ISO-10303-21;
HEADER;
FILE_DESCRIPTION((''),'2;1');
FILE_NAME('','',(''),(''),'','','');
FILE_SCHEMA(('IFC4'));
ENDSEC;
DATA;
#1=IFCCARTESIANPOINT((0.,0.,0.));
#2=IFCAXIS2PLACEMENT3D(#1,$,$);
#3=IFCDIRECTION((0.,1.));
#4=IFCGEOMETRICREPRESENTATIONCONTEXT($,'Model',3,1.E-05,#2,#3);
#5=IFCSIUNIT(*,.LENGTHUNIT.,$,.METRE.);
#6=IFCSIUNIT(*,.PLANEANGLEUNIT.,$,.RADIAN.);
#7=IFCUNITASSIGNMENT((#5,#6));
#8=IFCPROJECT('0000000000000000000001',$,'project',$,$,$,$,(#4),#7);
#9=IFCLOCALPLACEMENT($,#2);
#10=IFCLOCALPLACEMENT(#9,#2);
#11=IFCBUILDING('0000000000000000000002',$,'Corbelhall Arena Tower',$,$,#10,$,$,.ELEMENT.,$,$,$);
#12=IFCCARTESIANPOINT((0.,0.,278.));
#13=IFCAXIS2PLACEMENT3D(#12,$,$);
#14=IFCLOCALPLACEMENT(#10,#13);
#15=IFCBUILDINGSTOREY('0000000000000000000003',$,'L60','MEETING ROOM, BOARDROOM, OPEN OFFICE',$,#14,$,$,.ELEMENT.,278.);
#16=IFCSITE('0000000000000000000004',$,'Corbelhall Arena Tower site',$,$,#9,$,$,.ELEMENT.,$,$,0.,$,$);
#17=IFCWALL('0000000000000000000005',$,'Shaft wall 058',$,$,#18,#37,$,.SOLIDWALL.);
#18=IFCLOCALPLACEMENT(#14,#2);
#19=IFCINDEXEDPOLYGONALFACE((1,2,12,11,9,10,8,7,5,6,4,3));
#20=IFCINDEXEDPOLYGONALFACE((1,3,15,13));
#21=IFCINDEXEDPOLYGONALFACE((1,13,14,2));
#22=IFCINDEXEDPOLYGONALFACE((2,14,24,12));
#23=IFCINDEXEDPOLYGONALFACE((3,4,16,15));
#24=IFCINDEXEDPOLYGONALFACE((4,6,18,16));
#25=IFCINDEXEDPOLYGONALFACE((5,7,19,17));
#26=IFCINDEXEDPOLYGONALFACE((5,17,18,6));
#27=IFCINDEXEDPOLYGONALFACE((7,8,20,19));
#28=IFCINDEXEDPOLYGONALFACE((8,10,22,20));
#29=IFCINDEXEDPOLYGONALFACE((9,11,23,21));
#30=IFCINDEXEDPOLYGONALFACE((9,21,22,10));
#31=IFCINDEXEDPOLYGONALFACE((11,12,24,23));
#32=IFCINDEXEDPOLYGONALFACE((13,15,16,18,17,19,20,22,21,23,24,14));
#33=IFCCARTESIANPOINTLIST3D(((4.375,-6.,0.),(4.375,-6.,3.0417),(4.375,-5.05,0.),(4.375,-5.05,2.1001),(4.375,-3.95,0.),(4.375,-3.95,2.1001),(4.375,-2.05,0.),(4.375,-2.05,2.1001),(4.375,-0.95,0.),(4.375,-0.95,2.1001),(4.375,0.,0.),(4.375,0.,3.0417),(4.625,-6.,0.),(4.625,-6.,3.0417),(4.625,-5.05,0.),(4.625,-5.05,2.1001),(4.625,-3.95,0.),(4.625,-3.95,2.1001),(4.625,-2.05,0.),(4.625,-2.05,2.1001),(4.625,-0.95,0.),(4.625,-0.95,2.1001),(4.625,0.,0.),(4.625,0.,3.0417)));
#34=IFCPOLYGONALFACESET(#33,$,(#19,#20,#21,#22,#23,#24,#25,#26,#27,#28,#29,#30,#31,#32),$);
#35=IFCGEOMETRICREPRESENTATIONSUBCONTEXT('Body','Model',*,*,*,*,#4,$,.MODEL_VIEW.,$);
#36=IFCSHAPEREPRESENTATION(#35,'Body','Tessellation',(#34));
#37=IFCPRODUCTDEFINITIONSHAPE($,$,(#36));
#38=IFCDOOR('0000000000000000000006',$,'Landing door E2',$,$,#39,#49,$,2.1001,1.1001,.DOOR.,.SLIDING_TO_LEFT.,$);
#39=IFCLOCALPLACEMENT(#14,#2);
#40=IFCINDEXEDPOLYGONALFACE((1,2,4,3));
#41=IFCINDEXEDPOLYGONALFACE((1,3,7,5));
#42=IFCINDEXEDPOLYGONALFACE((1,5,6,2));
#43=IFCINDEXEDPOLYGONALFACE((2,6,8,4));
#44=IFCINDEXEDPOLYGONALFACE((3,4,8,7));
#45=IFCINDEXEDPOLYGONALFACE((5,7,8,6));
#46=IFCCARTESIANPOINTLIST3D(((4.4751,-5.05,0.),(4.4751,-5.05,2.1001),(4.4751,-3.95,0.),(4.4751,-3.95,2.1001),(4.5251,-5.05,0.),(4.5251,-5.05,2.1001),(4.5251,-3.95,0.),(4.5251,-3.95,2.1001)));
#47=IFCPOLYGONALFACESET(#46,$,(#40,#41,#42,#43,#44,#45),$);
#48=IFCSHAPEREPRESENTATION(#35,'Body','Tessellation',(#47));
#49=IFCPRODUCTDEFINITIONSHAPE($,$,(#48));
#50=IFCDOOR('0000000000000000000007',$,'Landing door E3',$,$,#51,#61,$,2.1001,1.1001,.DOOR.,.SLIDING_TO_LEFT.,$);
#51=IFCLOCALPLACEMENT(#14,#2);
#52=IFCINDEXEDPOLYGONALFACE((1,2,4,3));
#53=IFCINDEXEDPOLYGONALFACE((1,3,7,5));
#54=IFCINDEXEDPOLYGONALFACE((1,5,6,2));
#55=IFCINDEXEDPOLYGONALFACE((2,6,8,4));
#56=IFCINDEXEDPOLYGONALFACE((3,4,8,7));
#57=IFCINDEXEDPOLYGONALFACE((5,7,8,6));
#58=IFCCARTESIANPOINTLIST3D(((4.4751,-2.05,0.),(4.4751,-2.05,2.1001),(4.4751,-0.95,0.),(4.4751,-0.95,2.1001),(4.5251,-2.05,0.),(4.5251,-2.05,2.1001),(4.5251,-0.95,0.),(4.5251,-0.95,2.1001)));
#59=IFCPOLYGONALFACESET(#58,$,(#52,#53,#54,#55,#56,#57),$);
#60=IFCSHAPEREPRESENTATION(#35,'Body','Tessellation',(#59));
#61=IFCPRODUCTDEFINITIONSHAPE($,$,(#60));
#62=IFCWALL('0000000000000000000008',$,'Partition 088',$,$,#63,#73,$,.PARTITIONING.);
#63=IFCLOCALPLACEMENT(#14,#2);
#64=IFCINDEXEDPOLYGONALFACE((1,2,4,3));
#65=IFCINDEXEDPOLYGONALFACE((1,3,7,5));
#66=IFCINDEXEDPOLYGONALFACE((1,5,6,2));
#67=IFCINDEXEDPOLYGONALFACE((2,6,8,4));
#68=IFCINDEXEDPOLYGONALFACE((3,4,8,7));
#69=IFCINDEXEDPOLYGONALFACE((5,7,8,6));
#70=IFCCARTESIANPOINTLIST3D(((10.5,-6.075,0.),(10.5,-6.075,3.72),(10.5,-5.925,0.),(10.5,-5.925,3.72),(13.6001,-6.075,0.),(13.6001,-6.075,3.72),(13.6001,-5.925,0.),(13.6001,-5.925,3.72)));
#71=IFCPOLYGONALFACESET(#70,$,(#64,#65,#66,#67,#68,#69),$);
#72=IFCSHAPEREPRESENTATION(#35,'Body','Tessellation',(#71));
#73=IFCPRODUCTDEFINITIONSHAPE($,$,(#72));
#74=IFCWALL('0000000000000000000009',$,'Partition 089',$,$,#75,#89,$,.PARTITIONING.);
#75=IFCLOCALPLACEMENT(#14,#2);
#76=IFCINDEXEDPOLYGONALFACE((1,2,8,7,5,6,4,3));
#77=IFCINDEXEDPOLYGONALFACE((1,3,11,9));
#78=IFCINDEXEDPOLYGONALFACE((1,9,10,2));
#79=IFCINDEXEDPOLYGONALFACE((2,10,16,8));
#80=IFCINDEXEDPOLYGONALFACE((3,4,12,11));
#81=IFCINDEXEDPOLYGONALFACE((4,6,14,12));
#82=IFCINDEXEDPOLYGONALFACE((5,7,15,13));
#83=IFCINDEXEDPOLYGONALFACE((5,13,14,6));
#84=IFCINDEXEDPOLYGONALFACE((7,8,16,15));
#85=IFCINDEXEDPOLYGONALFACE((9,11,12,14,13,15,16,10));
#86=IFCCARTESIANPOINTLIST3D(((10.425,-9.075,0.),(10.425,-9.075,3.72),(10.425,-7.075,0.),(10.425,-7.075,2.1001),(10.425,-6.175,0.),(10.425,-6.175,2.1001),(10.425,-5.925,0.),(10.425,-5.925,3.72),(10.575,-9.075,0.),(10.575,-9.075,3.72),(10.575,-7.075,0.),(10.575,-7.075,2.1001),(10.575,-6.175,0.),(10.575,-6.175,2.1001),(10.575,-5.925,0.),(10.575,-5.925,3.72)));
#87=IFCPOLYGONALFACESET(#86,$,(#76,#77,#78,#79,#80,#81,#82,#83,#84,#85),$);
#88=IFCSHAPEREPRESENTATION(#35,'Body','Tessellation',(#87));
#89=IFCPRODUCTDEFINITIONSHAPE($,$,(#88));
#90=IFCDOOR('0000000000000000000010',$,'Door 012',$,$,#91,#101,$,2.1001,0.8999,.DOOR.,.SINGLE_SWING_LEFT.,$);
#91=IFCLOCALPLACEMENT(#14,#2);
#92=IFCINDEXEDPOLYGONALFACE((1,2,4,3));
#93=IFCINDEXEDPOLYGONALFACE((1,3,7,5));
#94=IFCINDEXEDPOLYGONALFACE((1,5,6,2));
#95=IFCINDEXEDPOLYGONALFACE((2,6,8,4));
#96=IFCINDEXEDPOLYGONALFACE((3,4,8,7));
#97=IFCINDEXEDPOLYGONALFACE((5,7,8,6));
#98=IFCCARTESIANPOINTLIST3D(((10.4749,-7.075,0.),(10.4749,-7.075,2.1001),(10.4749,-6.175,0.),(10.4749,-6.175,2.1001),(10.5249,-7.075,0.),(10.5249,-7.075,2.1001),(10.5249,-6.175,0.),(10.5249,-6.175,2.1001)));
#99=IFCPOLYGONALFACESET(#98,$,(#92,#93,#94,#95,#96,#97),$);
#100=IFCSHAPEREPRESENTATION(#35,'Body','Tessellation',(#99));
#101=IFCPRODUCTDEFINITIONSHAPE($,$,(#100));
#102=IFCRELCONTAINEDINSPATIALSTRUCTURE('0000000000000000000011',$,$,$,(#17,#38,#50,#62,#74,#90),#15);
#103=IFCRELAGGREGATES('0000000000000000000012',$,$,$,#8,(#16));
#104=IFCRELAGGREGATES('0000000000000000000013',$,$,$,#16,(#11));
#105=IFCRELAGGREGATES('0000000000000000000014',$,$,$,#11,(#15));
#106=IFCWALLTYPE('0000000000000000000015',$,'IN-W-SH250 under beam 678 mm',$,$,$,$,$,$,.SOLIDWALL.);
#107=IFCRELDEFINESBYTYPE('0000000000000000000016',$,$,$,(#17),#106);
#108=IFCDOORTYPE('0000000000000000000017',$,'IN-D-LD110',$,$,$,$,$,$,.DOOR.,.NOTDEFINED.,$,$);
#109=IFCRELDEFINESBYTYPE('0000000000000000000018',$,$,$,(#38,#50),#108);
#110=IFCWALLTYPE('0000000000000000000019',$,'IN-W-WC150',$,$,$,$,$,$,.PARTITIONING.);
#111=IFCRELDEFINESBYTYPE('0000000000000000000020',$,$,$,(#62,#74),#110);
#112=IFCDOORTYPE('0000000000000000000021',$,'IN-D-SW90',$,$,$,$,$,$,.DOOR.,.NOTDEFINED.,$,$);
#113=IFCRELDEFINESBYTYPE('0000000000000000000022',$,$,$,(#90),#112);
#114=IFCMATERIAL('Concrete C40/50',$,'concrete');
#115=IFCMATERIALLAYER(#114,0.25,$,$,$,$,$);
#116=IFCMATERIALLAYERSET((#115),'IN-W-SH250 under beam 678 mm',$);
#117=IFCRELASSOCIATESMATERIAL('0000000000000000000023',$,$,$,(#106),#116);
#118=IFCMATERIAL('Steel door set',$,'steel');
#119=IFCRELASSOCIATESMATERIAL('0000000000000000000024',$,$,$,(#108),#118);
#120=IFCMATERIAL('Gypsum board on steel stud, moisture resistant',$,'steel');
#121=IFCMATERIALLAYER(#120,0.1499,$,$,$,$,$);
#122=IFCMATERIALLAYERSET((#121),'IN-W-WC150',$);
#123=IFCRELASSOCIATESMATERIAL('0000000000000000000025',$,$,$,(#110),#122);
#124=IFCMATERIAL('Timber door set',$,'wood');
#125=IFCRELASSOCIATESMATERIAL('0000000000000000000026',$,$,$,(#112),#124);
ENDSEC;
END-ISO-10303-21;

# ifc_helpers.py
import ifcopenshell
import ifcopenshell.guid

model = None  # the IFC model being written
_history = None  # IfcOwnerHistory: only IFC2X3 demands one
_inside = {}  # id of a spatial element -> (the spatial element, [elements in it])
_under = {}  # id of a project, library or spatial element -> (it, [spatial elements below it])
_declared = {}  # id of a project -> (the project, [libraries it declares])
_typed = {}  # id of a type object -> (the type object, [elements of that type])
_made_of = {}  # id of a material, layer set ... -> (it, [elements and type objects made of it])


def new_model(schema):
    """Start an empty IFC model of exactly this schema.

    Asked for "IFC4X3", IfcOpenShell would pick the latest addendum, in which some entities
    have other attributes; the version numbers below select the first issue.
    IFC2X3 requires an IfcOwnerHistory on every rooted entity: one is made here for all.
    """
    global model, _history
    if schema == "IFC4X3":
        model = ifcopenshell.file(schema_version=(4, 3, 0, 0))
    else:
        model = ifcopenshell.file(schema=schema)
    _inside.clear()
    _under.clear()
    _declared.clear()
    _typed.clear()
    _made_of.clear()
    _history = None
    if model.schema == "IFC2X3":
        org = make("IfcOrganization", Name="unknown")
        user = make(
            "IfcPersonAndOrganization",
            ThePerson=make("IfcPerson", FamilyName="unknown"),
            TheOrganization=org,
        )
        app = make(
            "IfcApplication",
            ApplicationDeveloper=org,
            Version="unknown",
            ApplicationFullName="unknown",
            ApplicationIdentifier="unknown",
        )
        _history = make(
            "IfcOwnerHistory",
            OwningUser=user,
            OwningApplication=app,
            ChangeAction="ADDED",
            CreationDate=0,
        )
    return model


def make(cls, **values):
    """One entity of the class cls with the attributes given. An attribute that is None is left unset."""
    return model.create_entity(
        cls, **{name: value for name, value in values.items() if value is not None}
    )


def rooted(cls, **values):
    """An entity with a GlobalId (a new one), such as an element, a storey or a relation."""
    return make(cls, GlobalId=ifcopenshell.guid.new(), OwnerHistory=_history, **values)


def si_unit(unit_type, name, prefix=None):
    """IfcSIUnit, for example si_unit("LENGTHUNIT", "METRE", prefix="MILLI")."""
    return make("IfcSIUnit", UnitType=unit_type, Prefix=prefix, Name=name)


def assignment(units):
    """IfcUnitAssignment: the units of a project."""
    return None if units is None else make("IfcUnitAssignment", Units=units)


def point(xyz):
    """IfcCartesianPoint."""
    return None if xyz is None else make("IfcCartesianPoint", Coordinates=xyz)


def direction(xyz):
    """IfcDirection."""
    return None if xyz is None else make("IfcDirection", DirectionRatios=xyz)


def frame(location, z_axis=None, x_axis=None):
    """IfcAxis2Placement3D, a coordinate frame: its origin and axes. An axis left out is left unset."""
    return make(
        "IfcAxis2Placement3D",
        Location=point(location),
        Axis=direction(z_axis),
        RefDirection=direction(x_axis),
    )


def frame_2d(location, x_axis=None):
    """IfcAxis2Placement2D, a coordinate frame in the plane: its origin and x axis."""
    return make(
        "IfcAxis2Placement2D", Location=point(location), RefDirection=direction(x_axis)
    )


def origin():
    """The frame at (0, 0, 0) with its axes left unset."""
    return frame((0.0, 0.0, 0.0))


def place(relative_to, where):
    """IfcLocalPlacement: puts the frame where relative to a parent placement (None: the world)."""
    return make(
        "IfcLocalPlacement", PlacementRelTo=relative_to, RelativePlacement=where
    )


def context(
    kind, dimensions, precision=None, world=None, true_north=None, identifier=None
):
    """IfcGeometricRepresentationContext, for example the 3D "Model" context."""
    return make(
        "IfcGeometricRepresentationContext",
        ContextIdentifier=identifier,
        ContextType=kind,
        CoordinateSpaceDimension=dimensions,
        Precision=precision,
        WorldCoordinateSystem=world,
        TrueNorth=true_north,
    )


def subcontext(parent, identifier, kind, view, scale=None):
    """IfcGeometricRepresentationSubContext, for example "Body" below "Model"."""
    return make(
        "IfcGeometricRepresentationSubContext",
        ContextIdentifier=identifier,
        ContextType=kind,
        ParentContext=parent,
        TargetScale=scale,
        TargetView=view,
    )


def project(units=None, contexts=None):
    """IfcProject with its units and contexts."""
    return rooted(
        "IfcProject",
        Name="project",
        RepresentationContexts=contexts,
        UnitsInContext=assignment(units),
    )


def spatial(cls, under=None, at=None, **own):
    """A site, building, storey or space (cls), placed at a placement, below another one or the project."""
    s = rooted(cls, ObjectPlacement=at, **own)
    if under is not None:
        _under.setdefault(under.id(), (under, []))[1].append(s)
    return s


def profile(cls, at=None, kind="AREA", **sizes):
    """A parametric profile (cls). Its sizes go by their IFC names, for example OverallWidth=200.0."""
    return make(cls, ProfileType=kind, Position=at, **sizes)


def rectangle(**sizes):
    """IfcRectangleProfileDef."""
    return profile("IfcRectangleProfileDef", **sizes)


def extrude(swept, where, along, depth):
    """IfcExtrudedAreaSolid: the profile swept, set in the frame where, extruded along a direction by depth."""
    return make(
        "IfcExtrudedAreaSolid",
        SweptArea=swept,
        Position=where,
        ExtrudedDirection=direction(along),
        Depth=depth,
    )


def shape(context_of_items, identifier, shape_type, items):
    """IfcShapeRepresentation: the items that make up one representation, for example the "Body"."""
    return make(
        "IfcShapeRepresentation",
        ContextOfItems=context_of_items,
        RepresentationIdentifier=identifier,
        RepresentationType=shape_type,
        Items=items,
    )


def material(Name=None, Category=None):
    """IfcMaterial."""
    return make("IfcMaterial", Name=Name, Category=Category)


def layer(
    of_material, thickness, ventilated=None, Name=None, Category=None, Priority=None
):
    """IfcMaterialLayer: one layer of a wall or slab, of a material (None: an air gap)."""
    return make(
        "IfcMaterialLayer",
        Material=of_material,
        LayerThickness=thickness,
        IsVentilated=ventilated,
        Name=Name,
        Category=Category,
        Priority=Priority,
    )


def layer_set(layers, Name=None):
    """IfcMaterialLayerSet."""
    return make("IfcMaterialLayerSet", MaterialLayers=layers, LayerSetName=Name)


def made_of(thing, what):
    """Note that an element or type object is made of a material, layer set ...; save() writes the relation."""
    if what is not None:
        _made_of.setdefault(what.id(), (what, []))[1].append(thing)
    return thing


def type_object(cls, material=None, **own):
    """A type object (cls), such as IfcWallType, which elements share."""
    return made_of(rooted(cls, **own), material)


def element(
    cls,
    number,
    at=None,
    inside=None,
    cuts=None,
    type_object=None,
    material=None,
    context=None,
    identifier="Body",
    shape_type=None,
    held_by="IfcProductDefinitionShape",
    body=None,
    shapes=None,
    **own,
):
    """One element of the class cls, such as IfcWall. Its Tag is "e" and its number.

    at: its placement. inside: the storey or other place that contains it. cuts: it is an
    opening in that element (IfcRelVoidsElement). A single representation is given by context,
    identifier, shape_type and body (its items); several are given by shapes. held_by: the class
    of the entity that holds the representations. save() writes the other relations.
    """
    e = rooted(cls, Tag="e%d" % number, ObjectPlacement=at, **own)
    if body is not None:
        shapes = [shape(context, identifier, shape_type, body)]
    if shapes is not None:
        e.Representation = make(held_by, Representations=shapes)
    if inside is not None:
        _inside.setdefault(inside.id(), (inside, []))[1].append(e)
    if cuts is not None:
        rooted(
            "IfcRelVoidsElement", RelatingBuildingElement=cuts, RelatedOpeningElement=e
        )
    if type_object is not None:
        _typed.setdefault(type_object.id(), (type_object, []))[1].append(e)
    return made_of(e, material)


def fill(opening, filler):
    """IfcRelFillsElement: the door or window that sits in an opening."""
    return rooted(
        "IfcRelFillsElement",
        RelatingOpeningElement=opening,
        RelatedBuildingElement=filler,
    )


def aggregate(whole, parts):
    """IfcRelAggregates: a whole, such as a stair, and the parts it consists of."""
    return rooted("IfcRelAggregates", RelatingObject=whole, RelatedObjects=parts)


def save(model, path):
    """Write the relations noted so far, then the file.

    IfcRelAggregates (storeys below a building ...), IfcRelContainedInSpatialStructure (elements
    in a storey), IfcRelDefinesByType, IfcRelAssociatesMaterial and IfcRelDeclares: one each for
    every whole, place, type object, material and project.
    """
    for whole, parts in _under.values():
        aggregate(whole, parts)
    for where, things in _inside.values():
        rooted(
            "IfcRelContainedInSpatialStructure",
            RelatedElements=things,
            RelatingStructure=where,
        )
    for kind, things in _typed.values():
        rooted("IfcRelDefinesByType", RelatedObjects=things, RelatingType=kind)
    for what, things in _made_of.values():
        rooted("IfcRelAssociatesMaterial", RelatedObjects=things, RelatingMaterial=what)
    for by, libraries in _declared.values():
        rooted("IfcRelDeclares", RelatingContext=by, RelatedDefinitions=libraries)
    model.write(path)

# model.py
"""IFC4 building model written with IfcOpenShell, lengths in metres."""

from ifc_helpers import new_model, si_unit, direction, frame, frame_2d, origin, place, context, subcontext, project, spatial, rectangle, extrude, material, layer, layer_set, type_object, element, fill, save


model = new_model("IFC4")

# Units and contexts
model_context = context("Model", 3, precision=1e-05, world=origin(), true_north=direction((0.0, 1.0)))
body_context = subcontext(model_context, "Body", "Model", "MODEL_VIEW")
ifc_project = project(units=[si_unit("LENGTHUNIT", "METRE"), si_unit("PLANEANGLEUNIT", "RADIAN")], contexts=[model_context])

# Site, building, storey
site_placement = place(None, origin())
site = spatial("IfcSite", under=ifc_project, at=site_placement, Name="Corbelhall Arena Tower site", CompositionType="ELEMENT", RefElevation=0.0)
building_placement = place(site_placement, origin())
building = spatial("IfcBuilding", under=site, at=building_placement, Name="Corbelhall Arena Tower", CompositionType="ELEMENT")
storey_placement = place(building_placement, frame((0.0, 0.0, 278.0)))
storey = spatial("IfcBuildingStorey", under=building, at=storey_placement, Name="L60", Description="MEETING ROOM, BOARDROOM, OPEN OFFICE", CompositionType="ELEMENT", Elevation=278.0)

# Shared definitions
ifc_material_1 = material(Name="Concrete C40/50", Category="concrete")

# Shared definitions
ifc_material_2 = material(Name="Steel door set", Category="steel")

# Wall, openings, doors
ifc_layer_1 = layer(ifc_material_1, 0.25)
ifc_layer_set_1 = layer_set([ifc_layer_1], Name="IN-W-SH250 under beam 678 mm")
wall_type_1 = type_object("IfcWallType", Name="IN-W-SH250 under beam 678 mm", PredefinedType="SOLIDWALL", material=ifc_layer_set_1)
wall_1_placement = place(storey_placement, frame((4.5, -6.0, 0.0), z_axis=(0.0, 0.0, 1.0), x_axis=(0.0, 1.0, 0.0)))
wall_1 = element("IfcWall", 1, at=wall_1_placement, inside=storey, type_object=wall_type_1, Name="Shaft wall 058", PredefinedType="SOLIDWALL", context=body_context, shape_type="SweptSolid", body=[
    extrude(rectangle(XDim=6.0, YDim=0.25, at=frame_2d((3.0, 0.0))), origin(), (0.0, 0.0, 1.0), 3.0417),
])
opening_1_placement = place(wall_1_placement, frame((0.95, 0.0, 0.0)))
opening_1 = element("IfcOpeningElement", 2, at=opening_1_placement, cuts=wall_1, PredefinedType="OPENING", context=body_context, shape_type="SweptSolid", body=[
    extrude(rectangle(XDim=1.1001, YDim=2.1001, at=frame_2d((0.55, 1.05))), frame((0.0, 0.125, 0.0), z_axis=(0.0, -1.0, 0.0), x_axis=(1.0, 0.0, 0.0)), (0.0, 0.0, 1.0), 0.25),
])
opening_2_placement = place(wall_1_placement, frame((3.95, 0.0, 0.0)))
opening_2 = element("IfcOpeningElement", 3, at=opening_2_placement, cuts=wall_1, PredefinedType="OPENING", context=body_context, shape_type="SweptSolid", body=[
    extrude(rectangle(XDim=1.1001, YDim=2.1001, at=frame_2d((0.55, 1.05))), frame((0.0, 0.125, 0.0), z_axis=(0.0, -1.0, 0.0), x_axis=(1.0, 0.0, 0.0)), (0.0, 0.0, 1.0), 0.25),
])
door_type_1 = type_object("IfcDoorType", Name="IN-D-LD110", OperationType="NOTDEFINED", PredefinedType="DOOR", material=ifc_material_2)
door_1_placement = place(opening_1_placement, origin())
door_1 = element("IfcDoor", 4, at=door_1_placement, inside=storey, type_object=door_type_1, Name="Landing door E2", OperationType="SLIDING_TO_LEFT", OverallHeight=2.1001, OverallWidth=1.1001, PredefinedType="DOOR", context=body_context, shape_type="SweptSolid", body=[
    extrude(rectangle(XDim=1.1001, YDim=2.1001, at=frame_2d((0.55, 1.05))), frame((0.0, 0.0249, 0.0), z_axis=(0.0, -1.0, 0.0), x_axis=(1.0, 0.0, 0.0)), (0.0, 0.0, 1.0), 0.05),
])
fill(opening_1, door_1)
door_2_placement = place(opening_2_placement, origin())
door_2 = element("IfcDoor", 5, at=door_2_placement, inside=storey, type_object=door_type_1, Name="Landing door E3", OperationType="SLIDING_TO_LEFT", OverallHeight=2.1001, OverallWidth=1.1001, PredefinedType="DOOR", context=body_context, shape_type="SweptSolid", body=[
    extrude(rectangle(XDim=1.1001, YDim=2.1001, at=frame_2d((0.55, 1.05))), frame((0.0, 0.0249, 0.0), z_axis=(0.0, -1.0, 0.0), x_axis=(1.0, 0.0, 0.0)), (0.0, 0.0, 1.0), 0.05),
])
fill(opening_2, door_2)

# Wall
ifc_material_3 = material(Name="Gypsum board on steel stud, moisture resistant", Category="steel")
ifc_layer_2 = layer(ifc_material_3, 0.1499)
ifc_layer_set_2 = layer_set([ifc_layer_2], Name="IN-W-WC150")
wall_type_2 = type_object("IfcWallType", Name="IN-W-WC150", PredefinedType="PARTITIONING", material=ifc_layer_set_2)
wall_2_placement = place(storey_placement, frame((10.5, -6.0, 0.0), z_axis=(0.0, 0.0, 1.0), x_axis=(1.0, 0.0, 0.0)))
element("IfcWall", 6, at=wall_2_placement, inside=storey, type_object=wall_type_2, Name="Partition 088", PredefinedType="PARTITIONING", context=body_context, shape_type="SweptSolid", body=[
    extrude(rectangle(XDim=3.1001, YDim=0.1499, at=frame_2d((1.55, 0.0))), origin(), (0.0, 0.0, 1.0), 3.72),
])

# Wall, opening, door
wall_3_placement = place(storey_placement, frame((10.5, -5.925, 0.0), z_axis=(0.0, 0.0, 1.0), x_axis=(0.0, -1.0, 0.0)))
wall_3 = element("IfcWall", 7, at=wall_3_placement, inside=storey, type_object=wall_type_2, Name="Partition 089", PredefinedType="PARTITIONING", context=body_context, shape_type="SweptSolid", body=[
    extrude(rectangle(XDim=3.1499, YDim=0.1499, at=frame_2d((1.575, 0.0))), origin(), (0.0, 0.0, 1.0), 3.72),
])
opening_3_placement = place(wall_3_placement, frame((0.25, 0.0, 0.0)))
opening_3 = element("IfcOpeningElement", 8, at=opening_3_placement, cuts=wall_3, PredefinedType="OPENING", context=body_context, shape_type="SweptSolid", body=[
    extrude(rectangle(XDim=0.8999, YDim=2.1001, at=frame_2d((0.45, 1.05))), frame((0.0, 0.075, 0.0), z_axis=(0.0, -1.0, 0.0), x_axis=(1.0, 0.0, 0.0)), (0.0, 0.0, 1.0), 0.1499),
])
ifc_material_4 = material(Name="Timber door set", Category="wood")
door_type_2 = type_object("IfcDoorType", Name="IN-D-SW90", OperationType="NOTDEFINED", PredefinedType="DOOR", material=ifc_material_4)
door_3_placement = place(opening_3_placement, origin())
door_3 = element("IfcDoor", 9, at=door_3_placement, inside=storey, type_object=door_type_2, Name="Door 012", OperationType="SINGLE_SWING_LEFT", OverallHeight=2.1001, OverallWidth=0.8999, PredefinedType="DOOR", context=body_context, shape_type="SweptSolid", body=[
    extrude(rectangle(XDim=0.8999, YDim=2.1001, at=frame_2d((0.45, 1.05))), frame((0.0, 0.0249, 0.0), z_axis=(0.0, -1.0, 0.0), x_axis=(1.0, 0.0, 0.0)), (0.0, 0.0, 1.0), 0.05),
])
fill(opening_3, door_3)

save(model, "model.ifc")
